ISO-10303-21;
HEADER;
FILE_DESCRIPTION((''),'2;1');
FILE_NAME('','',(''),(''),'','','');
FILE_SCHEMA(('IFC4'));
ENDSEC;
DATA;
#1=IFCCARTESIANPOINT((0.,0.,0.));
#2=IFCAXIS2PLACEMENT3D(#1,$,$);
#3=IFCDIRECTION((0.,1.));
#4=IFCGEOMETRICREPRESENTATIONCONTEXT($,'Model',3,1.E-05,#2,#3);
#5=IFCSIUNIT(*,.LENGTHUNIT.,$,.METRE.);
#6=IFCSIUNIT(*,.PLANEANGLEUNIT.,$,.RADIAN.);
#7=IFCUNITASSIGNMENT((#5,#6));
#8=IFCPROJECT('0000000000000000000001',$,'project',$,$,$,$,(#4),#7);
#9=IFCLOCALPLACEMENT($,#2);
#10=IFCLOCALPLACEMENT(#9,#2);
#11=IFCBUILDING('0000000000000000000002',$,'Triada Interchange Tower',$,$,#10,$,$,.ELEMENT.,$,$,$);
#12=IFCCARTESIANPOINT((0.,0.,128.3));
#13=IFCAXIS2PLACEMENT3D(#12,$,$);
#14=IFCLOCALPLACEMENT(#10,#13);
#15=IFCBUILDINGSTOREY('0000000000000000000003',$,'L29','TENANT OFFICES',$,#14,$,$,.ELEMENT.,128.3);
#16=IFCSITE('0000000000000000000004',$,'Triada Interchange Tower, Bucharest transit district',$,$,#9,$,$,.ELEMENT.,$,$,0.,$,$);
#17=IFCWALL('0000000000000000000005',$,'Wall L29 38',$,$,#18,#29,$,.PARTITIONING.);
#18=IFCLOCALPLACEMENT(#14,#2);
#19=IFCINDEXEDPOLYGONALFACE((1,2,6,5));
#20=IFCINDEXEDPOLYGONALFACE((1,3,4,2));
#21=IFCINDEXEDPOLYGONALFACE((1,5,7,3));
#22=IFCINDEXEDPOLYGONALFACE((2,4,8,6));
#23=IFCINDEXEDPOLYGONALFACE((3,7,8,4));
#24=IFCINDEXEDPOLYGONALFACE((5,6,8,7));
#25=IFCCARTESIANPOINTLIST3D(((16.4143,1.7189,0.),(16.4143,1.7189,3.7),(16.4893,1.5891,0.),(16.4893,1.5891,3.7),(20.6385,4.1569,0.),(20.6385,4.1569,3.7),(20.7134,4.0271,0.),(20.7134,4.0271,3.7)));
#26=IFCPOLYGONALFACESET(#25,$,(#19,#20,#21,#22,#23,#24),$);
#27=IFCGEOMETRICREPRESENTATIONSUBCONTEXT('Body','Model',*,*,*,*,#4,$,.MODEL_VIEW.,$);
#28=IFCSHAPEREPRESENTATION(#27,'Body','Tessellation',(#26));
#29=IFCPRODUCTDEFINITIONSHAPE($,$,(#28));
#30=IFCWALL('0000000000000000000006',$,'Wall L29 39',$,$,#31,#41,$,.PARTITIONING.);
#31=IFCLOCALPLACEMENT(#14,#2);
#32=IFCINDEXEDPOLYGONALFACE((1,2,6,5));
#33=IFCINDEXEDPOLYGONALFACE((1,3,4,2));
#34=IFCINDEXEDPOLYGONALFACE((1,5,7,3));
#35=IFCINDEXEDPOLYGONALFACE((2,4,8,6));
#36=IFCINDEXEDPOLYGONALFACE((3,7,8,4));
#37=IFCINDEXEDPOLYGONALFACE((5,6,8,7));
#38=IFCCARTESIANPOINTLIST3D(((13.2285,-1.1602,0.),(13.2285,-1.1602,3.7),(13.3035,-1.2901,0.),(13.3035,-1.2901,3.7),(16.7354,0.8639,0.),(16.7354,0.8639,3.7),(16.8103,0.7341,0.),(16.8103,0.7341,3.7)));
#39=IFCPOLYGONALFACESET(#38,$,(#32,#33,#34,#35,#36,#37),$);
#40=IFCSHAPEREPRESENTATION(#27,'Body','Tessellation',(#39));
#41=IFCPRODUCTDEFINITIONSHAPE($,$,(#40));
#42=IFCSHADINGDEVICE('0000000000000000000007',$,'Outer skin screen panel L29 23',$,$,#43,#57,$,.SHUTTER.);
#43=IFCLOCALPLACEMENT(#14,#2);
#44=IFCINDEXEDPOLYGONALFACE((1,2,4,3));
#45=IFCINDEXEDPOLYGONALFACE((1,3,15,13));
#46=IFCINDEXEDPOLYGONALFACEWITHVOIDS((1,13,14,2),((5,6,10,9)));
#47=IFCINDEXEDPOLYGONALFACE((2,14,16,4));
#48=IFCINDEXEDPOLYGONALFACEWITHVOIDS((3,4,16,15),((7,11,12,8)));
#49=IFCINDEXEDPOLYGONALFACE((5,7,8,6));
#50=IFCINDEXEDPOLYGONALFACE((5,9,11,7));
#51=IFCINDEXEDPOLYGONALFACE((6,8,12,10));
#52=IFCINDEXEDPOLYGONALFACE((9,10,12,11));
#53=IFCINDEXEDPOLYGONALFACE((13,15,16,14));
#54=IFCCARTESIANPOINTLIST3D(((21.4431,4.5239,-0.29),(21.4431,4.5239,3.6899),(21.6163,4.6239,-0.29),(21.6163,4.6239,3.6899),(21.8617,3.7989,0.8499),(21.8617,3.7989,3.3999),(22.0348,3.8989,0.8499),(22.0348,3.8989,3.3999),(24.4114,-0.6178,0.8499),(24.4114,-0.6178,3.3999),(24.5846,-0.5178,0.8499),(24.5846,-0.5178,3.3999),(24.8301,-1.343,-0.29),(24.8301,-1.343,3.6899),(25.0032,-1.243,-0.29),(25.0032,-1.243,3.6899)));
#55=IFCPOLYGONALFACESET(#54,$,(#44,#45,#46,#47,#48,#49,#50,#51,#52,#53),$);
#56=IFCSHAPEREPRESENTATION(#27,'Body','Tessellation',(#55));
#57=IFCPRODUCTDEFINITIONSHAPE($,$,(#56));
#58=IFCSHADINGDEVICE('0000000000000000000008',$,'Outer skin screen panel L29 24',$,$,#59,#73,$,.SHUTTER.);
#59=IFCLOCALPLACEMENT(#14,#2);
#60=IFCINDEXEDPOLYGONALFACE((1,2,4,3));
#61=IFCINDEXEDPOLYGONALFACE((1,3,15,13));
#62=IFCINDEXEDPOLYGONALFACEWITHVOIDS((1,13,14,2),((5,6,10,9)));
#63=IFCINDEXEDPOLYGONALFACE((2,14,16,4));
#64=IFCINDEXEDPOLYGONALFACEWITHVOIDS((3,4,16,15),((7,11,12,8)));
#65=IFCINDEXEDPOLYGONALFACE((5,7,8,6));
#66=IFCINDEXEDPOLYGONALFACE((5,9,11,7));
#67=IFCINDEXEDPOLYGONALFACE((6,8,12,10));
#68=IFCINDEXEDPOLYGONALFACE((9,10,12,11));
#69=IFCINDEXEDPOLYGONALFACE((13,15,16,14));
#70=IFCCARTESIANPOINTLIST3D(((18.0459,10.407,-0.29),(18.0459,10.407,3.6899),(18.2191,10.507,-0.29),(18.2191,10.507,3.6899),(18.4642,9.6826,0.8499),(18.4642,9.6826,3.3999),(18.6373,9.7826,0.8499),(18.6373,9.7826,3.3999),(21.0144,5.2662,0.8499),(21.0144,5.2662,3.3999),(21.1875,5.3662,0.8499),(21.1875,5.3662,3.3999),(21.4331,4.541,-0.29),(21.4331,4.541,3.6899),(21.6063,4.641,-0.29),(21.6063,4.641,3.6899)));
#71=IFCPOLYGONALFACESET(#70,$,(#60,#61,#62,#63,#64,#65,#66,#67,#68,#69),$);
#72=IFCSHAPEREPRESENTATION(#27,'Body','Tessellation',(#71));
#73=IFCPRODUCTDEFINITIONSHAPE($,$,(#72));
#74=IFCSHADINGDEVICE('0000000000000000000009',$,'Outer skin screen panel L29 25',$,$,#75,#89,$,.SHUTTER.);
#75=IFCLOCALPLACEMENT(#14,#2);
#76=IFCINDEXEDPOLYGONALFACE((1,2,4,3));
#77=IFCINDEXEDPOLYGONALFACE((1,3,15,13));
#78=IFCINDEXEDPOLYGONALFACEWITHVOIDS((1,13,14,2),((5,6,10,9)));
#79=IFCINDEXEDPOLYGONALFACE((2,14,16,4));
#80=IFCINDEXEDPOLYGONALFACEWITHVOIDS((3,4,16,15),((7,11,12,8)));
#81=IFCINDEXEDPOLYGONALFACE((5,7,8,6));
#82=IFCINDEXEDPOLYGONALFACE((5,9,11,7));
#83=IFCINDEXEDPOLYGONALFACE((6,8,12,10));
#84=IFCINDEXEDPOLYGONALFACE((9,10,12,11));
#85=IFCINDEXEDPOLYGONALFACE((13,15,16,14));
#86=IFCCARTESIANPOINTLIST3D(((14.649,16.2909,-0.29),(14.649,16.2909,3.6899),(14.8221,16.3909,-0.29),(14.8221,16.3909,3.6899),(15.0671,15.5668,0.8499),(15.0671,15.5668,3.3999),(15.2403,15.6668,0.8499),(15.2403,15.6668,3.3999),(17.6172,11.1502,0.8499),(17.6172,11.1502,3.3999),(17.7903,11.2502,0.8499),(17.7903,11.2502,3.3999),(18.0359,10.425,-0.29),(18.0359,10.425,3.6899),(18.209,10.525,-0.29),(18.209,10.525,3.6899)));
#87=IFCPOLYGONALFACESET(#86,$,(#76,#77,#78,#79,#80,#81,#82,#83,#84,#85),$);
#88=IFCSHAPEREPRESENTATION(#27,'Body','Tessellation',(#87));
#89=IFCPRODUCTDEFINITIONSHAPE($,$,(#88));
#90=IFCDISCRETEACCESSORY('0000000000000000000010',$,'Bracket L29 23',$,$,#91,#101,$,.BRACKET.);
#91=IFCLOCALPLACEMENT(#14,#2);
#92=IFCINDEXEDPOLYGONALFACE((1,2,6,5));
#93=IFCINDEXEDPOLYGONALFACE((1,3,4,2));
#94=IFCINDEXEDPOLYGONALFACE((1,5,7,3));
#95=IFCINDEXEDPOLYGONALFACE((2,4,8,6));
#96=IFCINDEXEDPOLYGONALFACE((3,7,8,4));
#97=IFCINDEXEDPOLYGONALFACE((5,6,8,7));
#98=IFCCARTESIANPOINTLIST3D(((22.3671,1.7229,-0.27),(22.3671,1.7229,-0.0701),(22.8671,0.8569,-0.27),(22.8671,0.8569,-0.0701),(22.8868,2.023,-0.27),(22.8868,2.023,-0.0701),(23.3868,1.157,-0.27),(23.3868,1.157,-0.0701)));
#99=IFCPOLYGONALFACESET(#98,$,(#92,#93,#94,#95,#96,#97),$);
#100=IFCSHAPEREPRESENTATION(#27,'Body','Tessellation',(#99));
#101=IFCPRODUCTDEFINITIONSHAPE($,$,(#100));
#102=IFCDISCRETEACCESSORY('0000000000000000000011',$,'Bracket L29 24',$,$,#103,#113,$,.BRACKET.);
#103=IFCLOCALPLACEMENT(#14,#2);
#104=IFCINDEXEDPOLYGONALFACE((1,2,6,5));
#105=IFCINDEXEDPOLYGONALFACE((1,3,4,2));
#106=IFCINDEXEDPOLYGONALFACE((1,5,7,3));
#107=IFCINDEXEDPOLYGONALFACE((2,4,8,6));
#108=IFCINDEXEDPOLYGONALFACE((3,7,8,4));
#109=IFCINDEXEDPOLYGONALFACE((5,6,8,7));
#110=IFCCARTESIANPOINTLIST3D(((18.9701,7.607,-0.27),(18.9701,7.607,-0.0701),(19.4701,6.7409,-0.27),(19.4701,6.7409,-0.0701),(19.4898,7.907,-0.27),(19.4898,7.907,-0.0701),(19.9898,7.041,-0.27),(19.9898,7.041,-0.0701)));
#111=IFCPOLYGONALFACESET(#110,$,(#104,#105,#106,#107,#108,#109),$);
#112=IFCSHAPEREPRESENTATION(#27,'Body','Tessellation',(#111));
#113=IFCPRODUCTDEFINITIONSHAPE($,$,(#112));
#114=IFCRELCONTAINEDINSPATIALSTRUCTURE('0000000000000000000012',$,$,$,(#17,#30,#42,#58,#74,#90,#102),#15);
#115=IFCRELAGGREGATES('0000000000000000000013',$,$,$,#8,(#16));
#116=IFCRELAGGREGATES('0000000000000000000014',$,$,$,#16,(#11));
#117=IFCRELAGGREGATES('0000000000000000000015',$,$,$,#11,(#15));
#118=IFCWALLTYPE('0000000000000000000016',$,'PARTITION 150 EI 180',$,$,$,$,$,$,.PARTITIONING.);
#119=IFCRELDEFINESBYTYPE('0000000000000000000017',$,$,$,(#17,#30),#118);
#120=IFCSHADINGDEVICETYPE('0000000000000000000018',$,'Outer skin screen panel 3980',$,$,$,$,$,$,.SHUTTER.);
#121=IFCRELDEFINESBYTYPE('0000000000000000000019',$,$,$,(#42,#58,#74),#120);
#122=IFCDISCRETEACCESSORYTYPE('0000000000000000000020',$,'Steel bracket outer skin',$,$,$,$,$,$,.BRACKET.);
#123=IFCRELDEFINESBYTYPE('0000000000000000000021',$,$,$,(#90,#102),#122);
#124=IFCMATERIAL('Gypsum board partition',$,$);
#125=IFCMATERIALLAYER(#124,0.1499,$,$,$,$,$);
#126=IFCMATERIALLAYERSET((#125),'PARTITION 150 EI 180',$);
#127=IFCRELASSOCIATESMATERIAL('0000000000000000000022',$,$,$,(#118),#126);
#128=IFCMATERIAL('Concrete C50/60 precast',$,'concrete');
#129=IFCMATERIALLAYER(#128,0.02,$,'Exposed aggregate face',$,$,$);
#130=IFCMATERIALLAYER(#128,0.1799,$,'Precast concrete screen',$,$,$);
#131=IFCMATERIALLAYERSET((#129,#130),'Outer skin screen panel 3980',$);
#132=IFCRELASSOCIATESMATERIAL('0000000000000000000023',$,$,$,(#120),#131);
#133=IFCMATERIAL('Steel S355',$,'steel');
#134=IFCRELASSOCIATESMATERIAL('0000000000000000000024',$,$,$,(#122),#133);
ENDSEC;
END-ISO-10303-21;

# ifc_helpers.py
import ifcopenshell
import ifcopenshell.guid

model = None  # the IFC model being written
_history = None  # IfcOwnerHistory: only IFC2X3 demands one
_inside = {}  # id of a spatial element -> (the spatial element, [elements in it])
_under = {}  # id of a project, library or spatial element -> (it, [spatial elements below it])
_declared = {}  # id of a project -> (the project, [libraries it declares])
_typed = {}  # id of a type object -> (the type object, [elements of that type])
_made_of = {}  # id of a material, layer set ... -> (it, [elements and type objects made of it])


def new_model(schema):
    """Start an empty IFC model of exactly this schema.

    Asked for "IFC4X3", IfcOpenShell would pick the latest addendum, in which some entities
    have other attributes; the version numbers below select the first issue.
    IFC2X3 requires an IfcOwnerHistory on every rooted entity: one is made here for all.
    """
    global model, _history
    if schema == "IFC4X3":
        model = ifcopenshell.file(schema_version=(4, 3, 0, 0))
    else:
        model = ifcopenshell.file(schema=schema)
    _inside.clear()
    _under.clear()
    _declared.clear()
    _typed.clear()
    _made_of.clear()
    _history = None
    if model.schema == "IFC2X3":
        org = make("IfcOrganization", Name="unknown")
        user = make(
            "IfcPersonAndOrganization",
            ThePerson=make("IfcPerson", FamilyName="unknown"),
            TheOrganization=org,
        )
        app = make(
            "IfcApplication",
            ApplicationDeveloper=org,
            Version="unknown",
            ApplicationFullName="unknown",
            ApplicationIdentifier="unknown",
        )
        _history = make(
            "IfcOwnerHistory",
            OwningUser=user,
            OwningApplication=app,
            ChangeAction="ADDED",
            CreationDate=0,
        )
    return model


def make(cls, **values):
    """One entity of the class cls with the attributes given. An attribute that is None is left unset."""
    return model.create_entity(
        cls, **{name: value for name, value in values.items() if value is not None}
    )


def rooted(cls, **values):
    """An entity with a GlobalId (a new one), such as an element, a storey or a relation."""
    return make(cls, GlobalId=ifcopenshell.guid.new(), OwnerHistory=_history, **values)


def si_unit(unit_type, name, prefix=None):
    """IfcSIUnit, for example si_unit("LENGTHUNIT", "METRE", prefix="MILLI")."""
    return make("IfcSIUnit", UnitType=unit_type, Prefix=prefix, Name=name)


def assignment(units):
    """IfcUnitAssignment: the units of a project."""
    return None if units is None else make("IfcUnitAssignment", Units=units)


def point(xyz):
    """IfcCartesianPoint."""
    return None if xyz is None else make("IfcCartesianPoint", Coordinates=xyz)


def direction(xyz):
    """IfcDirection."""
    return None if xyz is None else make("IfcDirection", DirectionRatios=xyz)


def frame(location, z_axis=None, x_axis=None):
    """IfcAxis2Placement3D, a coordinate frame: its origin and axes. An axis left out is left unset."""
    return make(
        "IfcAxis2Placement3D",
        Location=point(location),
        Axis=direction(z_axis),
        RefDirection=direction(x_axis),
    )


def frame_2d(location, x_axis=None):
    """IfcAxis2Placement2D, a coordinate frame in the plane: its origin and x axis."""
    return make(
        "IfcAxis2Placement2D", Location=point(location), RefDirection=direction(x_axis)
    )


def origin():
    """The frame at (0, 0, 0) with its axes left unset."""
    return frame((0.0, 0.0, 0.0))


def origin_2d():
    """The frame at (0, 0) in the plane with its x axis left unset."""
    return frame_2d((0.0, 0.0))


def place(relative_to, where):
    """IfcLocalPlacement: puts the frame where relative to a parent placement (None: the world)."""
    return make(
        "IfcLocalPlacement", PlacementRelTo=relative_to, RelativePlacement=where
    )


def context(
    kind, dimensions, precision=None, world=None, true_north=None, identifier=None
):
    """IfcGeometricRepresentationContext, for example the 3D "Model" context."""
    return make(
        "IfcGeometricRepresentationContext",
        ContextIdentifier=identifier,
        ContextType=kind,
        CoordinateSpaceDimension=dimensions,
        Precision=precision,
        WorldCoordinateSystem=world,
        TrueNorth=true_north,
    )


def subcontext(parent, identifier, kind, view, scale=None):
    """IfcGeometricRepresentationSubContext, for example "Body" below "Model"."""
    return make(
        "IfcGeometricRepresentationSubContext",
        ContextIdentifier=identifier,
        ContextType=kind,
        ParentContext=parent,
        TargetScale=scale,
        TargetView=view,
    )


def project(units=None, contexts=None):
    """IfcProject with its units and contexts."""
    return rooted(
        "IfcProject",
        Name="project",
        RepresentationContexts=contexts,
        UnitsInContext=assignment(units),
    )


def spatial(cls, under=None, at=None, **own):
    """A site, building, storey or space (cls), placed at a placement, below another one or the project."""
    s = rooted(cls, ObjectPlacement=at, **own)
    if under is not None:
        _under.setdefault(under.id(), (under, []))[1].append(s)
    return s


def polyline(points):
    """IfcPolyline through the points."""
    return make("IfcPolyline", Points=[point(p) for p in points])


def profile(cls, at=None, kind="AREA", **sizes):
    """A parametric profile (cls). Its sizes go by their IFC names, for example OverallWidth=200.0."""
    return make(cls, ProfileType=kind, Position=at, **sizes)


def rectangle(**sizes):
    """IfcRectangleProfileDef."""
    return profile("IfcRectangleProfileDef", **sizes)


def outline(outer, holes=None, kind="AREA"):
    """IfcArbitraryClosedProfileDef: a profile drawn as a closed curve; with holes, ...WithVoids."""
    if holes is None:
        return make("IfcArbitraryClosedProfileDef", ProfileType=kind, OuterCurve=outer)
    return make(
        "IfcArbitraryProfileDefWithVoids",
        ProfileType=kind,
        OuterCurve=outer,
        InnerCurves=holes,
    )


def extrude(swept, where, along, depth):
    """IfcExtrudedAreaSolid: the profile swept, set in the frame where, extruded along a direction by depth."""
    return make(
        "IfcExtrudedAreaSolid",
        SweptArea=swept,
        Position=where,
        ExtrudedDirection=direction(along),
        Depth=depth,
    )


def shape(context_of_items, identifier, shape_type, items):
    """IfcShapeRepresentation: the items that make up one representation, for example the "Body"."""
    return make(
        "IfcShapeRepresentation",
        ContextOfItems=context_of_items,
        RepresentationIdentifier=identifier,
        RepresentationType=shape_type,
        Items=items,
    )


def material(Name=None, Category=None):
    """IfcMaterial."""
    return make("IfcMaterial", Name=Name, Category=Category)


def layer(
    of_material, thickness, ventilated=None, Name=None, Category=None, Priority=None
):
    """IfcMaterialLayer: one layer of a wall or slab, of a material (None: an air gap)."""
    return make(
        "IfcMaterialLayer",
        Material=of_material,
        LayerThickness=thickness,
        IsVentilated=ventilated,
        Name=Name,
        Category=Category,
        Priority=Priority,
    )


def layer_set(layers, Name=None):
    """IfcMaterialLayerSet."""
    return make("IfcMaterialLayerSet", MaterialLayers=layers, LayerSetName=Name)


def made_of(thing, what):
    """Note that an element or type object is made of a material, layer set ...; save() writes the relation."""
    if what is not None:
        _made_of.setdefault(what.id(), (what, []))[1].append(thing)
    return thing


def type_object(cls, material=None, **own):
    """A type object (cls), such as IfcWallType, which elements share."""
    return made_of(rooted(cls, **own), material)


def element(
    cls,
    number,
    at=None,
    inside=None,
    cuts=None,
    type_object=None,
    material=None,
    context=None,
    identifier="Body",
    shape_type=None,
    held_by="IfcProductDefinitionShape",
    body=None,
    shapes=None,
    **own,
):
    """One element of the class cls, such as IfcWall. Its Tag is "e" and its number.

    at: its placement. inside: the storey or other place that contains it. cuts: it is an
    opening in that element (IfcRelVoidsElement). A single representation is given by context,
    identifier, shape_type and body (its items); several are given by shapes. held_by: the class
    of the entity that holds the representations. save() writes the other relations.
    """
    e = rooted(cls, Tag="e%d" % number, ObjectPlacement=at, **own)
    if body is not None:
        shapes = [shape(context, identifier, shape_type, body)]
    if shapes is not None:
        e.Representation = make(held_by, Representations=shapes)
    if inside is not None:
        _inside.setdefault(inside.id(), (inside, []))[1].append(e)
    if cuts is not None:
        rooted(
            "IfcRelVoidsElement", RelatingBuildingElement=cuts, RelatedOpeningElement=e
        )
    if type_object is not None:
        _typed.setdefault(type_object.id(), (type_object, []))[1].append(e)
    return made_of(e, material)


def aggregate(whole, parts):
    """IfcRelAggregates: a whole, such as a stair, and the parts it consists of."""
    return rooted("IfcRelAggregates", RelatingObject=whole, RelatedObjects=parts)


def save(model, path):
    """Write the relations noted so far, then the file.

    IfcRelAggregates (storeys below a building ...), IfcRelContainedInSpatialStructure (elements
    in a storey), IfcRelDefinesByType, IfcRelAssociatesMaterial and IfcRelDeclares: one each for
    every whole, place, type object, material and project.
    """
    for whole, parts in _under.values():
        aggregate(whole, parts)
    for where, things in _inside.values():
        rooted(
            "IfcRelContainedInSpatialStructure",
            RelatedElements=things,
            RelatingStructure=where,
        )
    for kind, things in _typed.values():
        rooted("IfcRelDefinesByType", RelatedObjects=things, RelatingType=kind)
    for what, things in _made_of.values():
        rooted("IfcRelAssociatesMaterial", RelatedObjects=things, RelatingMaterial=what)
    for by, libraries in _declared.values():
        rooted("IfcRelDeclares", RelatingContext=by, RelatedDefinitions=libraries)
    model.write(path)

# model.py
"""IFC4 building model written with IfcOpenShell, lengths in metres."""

from ifc_helpers import new_model, si_unit, direction, frame, frame_2d, origin, origin_2d, place, context, subcontext, project, spatial, polyline, rectangle, outline, extrude, material, layer, layer_set, type_object, element, save


model = new_model("IFC4")

# Units and contexts
model_context = context("Model", 3, precision=1e-05, world=origin(), true_north=direction((0.0, 1.0)))
body_context = subcontext(model_context, "Body", "Model", "MODEL_VIEW")
ifc_project = project(units=[si_unit("LENGTHUNIT", "METRE"), si_unit("PLANEANGLEUNIT", "RADIAN")], contexts=[model_context])

# Site, building, storey
site_placement = place(None, origin())
site = spatial("IfcSite", under=ifc_project, at=site_placement, Name="Triada Interchange Tower, Bucharest transit district", CompositionType="ELEMENT", RefElevation=0.0)
building_placement = place(site_placement, origin())
building = spatial("IfcBuilding", under=site, at=building_placement, Name="Triada Interchange Tower", CompositionType="ELEMENT")
storey_placement = place(building_placement, frame((0.0, 0.0, 128.3)))
storey = spatial("IfcBuildingStorey", under=building, at=storey_placement, Name="L29", Description="TENANT OFFICES", CompositionType="ELEMENT", Elevation=128.3)

# Shared definitions
ifc_material_1 = material(Name="Gypsum board partition")
ifc_layer_1 = layer(ifc_material_1, 0.1499)
ifc_layer_set_1 = layer_set([ifc_layer_1], Name="PARTITION 150 EI 180")
wall_type = type_object("IfcWallType", Name="PARTITION 150 EI 180", PredefinedType="PARTITIONING", material=ifc_layer_set_1)

# Walls
wall_1_placement = place(storey_placement, frame((16.4519, 1.6541, 0.0), z_axis=(0.0, 0.0, 1.0), x_axis=(0.866097, 0.499876, 0.0)))
element("IfcWall", 1, at=wall_1_placement, inside=storey, type_object=wall_type, Name="Wall L29 38", PredefinedType="PARTITIONING", context=body_context, shape_type="SweptSolid", body=[
    extrude(rectangle(XDim=4.8772, YDim=0.1499, at=frame_2d((2.4385, 0.0))), origin(), (0.0, 0.0, 1.0), 3.7),
])
wall_2_placement = place(storey_placement, frame((13.2661, -1.2251, 0.0), z_axis=(0.0, 0.0, 1.0), x_axis=(0.866079, 0.499907, 0.0)))
element("IfcWall", 2, at=wall_2_placement, inside=storey, type_object=wall_type, Name="Wall L29 39", PredefinedType="PARTITIONING", context=body_context, shape_type="SweptSolid", body=[
    extrude(rectangle(XDim=4.0491, YDim=0.1499, at=frame_2d((2.0244, 0.0))), origin(), (0.0, 0.0, 1.0), 3.7),
])

# Shading devices
ifc_material_2 = material(Name="Concrete C50/60 precast", Category="concrete")
ifc_layer_2 = layer(ifc_material_2, 0.02, Name="Exposed aggregate face")
ifc_layer_3 = layer(ifc_material_2, 0.1799, Name="Precast concrete screen")
ifc_layer_set_2 = layer_set([ifc_layer_2, ifc_layer_3], Name="Outer skin screen panel 3980")
shading_device_type = type_object("IfcShadingDeviceType", Name="Outer skin screen panel 3980", PredefinedType="SHUTTER", material=ifc_layer_set_2)
shading_device_1_placement = place(storey_placement, frame((24.8301, -1.343, -0.29), z_axis=(0.0, 0.0, 1.0), x_axis=(-0.499965, 0.866046, 0.0)))
element("IfcShadingDevice", 3, at=shading_device_1_placement, inside=storey, type_object=shading_device_type, Name="Outer skin screen panel L29 23", PredefinedType="SHUTTER", context=body_context, shape_type="SweptSolid", body=[
    extrude(outline(polyline([(0.0, 0.0), (6.7744, 0.0), (6.7744, 3.98), (0.0, 3.98), (0.0, 0.0)]), holes=[polyline([(0.8374, 1.1399), (0.8374, 3.6899), (5.9373, 3.6899), (5.9373, 1.1399), (0.8374, 1.1399)])]), frame((0.0, 0.0, 0.0), z_axis=(0.0, -1.0, 0.0), x_axis=(1.0, 0.0, 0.0)), (0.0, 0.0, 1.0), 0.2),
])
shading_device_2_placement = place(storey_placement, frame((21.4331, 4.541, -0.29), z_axis=(0.0, 0.0, 1.0), x_axis=(-0.500054, 0.865994, 0.0)))
element("IfcShadingDevice", 4, at=shading_device_2_placement, inside=storey, type_object=shading_device_type, Name="Outer skin screen panel L29 24", PredefinedType="SHUTTER", context=body_context, shape_type="SweptSolid", body=[
    extrude(outline(polyline([(0.0, 0.0), (6.7737, 0.0), (6.7737, 3.98), (0.0, 3.98), (0.0, 0.0)]), holes=[polyline([(0.8374, 1.1399), (0.8374, 3.6899), (5.9373, 3.6899), (5.9373, 1.1399), (0.8374, 1.1399)])]), frame((0.0, 0.0, 0.0), z_axis=(0.0, -1.0, 0.0), x_axis=(1.0, 0.0, 0.0)), (0.0, 0.0, 1.0), 0.2),
])
shading_device_3_placement = place(storey_placement, frame((18.0359, 10.425, -0.29), z_axis=(0.0, 0.0, 1.0), x_axis=(-0.500027, 0.86601, 0.0)))
element("IfcShadingDevice", 5, at=shading_device_3_placement, inside=storey, type_object=shading_device_type, Name="Outer skin screen panel L29 25", PredefinedType="SHUTTER", context=body_context, shape_type="SweptSolid", body=[
    extrude(outline(polyline([(0.0, 0.0), (6.7734, 0.0), (6.7734, 3.98), (0.0, 3.98), (0.0, 0.0)]), holes=[polyline([(0.8374, 1.1399), (0.8374, 3.6899), (5.9373, 3.6899), (5.9373, 1.1399), (0.8374, 1.1399)])]), frame((0.0, 0.0, 0.0), z_axis=(0.0, -1.0, 0.0), x_axis=(1.0, 0.0, 0.0)), (0.0, 0.0, 1.0), 0.2),
])

# Discrete accessories
ifc_material_3 = material(Name="Steel S355", Category="steel")
discrete_accessory_type = type_object("IfcDiscreteAccessoryType", Name="Steel bracket outer skin", PredefinedType="BRACKET", material=ifc_material_3)
for number, where, z_axis, x_axis, name in (
    (6, (22.877, 1.4399, -0.27), (0.0, 0.0, 1.0), (0.866023, 0.500004, 0.0), "Bracket L29 23"),
    (7, (19.48, 7.324, -0.27), (0.0, 0.0, 1.0), (0.866023, 0.500004, 0.0), "Bracket L29 24"),
):
    element("IfcDiscreteAccessory", number, at=place(storey_placement, frame(where, z_axis=z_axis, x_axis=x_axis)), inside=storey, type_object=discrete_accessory_type, Name=name, PredefinedType="BRACKET", context=body_context, shape_type="SweptSolid", body=[
        extrude(rectangle(XDim=0.6001, YDim=1.0, at=origin_2d()), origin(), (0.0, 0.0, 1.0), 0.2),
    ])

save(model, "model.ifc")
